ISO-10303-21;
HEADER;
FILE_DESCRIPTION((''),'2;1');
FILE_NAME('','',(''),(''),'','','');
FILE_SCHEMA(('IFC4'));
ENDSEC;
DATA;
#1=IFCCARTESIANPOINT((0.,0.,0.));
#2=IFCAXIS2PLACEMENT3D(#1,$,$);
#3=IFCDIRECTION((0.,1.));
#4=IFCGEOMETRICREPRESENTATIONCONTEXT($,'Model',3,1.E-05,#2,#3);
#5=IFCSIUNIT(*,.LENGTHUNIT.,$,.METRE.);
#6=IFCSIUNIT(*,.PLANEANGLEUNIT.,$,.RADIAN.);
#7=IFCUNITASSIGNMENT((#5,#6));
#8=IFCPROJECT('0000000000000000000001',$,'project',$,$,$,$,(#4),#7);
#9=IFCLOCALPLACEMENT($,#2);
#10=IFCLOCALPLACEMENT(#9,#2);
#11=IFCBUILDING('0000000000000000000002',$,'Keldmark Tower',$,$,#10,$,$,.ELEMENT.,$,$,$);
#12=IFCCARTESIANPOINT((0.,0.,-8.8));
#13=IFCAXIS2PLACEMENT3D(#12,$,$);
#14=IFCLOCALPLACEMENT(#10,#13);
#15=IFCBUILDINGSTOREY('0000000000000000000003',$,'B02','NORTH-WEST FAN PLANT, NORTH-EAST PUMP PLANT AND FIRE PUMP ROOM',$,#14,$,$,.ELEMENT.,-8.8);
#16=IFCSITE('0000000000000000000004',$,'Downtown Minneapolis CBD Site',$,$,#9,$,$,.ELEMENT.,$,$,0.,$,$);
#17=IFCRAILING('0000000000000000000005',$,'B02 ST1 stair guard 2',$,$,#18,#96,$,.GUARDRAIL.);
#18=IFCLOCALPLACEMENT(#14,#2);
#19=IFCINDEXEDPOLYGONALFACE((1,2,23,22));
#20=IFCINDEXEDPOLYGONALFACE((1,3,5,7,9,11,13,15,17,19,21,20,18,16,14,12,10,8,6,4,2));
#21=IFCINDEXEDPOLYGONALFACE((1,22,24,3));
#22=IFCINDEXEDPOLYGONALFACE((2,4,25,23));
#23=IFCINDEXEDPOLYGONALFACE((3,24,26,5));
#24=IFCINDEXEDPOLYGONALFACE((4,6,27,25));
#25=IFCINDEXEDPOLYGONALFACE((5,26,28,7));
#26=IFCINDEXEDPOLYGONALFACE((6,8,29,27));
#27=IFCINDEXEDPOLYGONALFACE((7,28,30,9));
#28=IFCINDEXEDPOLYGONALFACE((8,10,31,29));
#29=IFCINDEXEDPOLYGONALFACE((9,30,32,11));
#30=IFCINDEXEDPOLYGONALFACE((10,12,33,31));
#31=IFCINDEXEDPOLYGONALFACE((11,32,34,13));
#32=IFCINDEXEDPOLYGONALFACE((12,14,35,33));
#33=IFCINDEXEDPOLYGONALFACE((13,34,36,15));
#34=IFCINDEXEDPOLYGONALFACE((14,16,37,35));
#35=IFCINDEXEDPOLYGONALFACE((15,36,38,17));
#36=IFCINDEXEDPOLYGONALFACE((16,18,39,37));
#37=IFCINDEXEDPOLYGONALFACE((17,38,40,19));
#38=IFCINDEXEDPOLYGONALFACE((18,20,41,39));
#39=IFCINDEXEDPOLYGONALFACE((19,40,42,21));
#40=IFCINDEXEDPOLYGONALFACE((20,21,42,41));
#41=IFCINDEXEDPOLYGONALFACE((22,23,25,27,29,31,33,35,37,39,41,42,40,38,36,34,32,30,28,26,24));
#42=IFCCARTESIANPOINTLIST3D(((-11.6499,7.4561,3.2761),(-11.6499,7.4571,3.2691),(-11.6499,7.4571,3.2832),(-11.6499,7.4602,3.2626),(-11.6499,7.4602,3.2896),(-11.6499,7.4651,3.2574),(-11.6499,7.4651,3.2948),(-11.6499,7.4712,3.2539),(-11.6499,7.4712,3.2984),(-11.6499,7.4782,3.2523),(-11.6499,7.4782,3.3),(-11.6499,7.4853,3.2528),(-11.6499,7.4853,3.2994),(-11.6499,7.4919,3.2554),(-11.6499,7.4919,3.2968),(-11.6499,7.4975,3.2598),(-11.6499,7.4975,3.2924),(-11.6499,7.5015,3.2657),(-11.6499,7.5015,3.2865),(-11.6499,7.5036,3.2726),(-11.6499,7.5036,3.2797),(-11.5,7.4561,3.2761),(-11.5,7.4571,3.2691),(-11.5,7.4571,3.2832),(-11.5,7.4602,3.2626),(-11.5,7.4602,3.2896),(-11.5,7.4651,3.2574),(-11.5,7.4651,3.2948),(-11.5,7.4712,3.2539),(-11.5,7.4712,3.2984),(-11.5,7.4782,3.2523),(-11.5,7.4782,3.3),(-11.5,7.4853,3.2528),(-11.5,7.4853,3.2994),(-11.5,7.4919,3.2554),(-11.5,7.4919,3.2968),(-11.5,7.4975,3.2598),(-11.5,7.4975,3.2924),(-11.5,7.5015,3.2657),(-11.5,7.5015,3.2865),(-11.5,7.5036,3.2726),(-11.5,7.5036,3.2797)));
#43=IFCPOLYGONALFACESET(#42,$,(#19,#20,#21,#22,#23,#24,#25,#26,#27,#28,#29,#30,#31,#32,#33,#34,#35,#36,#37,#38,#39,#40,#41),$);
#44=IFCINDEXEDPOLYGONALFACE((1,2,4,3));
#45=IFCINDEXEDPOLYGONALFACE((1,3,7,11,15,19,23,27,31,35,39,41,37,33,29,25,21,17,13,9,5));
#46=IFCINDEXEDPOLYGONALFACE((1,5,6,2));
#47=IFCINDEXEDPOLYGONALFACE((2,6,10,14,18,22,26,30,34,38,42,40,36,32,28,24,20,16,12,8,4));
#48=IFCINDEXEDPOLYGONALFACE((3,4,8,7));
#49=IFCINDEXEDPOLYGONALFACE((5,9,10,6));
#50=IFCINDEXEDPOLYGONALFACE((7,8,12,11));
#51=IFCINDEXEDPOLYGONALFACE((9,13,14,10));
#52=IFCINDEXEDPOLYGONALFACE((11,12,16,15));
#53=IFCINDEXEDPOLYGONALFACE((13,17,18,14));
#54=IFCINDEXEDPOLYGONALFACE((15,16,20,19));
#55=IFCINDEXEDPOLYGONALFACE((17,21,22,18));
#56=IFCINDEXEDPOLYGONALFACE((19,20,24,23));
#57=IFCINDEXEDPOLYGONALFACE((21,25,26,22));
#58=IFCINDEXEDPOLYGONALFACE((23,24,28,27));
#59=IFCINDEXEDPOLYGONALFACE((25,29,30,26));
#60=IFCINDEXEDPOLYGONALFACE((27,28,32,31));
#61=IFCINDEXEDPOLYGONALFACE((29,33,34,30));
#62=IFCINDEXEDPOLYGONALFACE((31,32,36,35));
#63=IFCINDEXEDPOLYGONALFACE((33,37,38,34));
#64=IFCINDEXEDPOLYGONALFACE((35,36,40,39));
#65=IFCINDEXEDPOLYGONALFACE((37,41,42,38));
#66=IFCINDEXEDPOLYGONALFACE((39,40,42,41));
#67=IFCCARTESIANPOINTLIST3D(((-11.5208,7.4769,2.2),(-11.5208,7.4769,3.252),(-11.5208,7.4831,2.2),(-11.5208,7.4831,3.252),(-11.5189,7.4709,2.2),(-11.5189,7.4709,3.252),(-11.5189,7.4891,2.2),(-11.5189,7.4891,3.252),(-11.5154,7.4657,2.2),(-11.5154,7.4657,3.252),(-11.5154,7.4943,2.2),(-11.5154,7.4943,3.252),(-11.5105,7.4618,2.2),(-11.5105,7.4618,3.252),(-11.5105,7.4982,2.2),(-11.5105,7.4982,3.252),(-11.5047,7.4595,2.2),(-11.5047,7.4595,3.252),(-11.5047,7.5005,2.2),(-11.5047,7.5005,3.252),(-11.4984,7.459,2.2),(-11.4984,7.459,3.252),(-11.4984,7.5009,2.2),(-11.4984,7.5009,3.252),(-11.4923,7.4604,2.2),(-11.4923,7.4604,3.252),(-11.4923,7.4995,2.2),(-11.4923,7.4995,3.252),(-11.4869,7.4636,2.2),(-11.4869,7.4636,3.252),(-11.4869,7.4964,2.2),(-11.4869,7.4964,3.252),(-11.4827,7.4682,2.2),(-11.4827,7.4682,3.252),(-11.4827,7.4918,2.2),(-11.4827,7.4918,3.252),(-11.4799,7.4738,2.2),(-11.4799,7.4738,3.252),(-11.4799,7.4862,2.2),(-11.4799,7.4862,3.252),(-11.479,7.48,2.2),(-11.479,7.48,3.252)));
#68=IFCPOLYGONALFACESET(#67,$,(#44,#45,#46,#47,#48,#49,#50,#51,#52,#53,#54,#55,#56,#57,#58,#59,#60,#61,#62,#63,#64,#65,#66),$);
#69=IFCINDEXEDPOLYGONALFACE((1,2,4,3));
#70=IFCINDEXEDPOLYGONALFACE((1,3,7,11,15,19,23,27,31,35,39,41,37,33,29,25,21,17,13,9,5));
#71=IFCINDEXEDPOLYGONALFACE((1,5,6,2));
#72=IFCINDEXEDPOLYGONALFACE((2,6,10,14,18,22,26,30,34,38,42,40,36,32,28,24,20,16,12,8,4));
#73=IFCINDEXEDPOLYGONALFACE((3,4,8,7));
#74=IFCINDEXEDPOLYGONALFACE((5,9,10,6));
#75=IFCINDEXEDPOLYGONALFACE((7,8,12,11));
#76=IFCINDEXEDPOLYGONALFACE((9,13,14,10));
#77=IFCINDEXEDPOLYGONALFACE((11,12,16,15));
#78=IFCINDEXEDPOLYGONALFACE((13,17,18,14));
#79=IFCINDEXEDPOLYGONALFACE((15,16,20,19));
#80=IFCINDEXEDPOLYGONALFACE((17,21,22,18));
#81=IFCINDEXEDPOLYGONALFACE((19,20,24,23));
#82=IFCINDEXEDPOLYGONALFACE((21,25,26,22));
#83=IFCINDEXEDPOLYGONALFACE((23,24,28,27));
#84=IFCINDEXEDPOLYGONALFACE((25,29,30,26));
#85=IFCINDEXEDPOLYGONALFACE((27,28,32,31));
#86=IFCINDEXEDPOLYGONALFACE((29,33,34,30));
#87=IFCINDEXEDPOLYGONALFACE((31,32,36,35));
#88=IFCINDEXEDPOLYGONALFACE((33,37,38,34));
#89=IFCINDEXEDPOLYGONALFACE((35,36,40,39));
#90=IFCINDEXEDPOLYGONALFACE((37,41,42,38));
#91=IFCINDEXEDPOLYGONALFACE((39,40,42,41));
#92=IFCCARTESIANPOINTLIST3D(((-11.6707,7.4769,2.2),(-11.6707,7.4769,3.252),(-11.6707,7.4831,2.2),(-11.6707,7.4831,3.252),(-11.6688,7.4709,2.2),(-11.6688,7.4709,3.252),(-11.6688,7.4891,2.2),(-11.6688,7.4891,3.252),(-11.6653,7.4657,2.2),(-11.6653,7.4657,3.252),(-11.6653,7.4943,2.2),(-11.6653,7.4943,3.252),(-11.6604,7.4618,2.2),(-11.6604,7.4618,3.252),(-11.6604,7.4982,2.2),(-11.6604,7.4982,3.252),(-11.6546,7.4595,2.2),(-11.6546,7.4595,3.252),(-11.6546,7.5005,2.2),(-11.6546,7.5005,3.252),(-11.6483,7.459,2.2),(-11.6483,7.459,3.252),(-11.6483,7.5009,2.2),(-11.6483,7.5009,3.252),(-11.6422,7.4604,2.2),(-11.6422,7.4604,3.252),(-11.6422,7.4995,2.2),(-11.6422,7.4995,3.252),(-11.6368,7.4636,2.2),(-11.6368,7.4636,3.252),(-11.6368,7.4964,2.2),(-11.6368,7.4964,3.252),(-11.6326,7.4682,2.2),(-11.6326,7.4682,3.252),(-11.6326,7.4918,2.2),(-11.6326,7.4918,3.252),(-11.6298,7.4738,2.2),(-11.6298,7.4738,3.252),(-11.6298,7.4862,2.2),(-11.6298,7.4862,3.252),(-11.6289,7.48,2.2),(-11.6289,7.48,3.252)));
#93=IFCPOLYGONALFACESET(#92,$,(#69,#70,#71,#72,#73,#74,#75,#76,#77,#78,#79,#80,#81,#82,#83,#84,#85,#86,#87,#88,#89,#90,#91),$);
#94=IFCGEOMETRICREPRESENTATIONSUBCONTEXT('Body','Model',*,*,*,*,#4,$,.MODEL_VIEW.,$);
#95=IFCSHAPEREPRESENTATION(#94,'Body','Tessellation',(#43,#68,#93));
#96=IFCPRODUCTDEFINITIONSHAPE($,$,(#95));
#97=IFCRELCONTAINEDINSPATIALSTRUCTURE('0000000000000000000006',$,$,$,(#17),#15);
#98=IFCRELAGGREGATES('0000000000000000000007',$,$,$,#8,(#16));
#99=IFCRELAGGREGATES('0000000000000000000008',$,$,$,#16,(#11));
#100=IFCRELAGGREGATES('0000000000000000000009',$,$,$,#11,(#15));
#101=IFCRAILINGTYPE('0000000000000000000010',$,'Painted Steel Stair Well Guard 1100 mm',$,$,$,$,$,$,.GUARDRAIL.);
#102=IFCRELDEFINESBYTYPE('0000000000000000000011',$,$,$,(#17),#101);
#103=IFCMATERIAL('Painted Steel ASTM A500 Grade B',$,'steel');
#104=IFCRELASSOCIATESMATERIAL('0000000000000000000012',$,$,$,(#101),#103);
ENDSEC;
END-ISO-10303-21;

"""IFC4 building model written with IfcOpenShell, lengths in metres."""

from ifc_helpers import new_model, si_unit, direction, frame, origin, origin_2d, place, context, subcontext, project, spatial, circle, extrude, material, type_object, element, save


model = new_model("IFC4")

# Units and contexts
model_context = context("Model", 3, precision=1e-05, world=origin(), true_north=direction((0.0, 1.0)))
body_context = subcontext(model_context, "Body", "Model", "MODEL_VIEW")
ifc_project = project(units=[si_unit("LENGTHUNIT", "METRE"), si_unit("PLANEANGLEUNIT", "RADIAN")], contexts=[model_context])

# Site, building, storey
site_placement = place(None, origin())
site = spatial("IfcSite", under=ifc_project, at=site_placement, Name="Downtown Minneapolis CBD Site", CompositionType="ELEMENT", RefElevation=0.0)
building_placement = place(site_placement, origin())
building = spatial("IfcBuilding", under=site, at=building_placement, Name="Keldmark Tower", CompositionType="ELEMENT")
storey_placement = place(building_placement, frame((0.0, 0.0, -8.8)))
storey = spatial("IfcBuildingStorey", under=building, at=storey_placement, Name="B02", Description="NORTH-WEST FAN PLANT, NORTH-EAST PUMP PLANT AND FIRE PUMP ROOM", CompositionType="ELEMENT", Elevation=-8.8)

# Railing
ifc_material_1 = material(Name="Painted Steel ASTM A500 Grade B", Category="steel")
railing_type_1 = type_object("IfcRailingType", Name="Painted Steel Stair Well Guard 1100 mm", PredefinedType="GUARDRAIL", material=ifc_material_1)
railing_1_placement = place(storey_placement, frame((-11.5, 7.48, 2.2)))
element("IfcRailing", 1, at=railing_1_placement, inside=storey, type_object=railing_type_1, Name="B02 ST1 stair guard 2", PredefinedType="GUARDRAIL", context=body_context, shape_type="SweptSolid", body=[
    extrude(circle(Radius=0.0239, at=origin_2d()), frame((0.0, 0.0, 1.0762), z_axis=(-1.0, 0.0, 0.0), x_axis=(0.0, -1.0, 0.0)), (0.0, 0.0, 1.0), 0.1499),
    extrude(circle(Radius=0.021, at=origin_2d()), origin(), (0.0, 0.0, 1.0), 1.052),
    extrude(circle(Radius=0.021, at=origin_2d()), frame((-0.1499, 0.0, 0.0)), (0.0, 0.0, 1.0), 1.052),
])

save(model, "model.ifc")
